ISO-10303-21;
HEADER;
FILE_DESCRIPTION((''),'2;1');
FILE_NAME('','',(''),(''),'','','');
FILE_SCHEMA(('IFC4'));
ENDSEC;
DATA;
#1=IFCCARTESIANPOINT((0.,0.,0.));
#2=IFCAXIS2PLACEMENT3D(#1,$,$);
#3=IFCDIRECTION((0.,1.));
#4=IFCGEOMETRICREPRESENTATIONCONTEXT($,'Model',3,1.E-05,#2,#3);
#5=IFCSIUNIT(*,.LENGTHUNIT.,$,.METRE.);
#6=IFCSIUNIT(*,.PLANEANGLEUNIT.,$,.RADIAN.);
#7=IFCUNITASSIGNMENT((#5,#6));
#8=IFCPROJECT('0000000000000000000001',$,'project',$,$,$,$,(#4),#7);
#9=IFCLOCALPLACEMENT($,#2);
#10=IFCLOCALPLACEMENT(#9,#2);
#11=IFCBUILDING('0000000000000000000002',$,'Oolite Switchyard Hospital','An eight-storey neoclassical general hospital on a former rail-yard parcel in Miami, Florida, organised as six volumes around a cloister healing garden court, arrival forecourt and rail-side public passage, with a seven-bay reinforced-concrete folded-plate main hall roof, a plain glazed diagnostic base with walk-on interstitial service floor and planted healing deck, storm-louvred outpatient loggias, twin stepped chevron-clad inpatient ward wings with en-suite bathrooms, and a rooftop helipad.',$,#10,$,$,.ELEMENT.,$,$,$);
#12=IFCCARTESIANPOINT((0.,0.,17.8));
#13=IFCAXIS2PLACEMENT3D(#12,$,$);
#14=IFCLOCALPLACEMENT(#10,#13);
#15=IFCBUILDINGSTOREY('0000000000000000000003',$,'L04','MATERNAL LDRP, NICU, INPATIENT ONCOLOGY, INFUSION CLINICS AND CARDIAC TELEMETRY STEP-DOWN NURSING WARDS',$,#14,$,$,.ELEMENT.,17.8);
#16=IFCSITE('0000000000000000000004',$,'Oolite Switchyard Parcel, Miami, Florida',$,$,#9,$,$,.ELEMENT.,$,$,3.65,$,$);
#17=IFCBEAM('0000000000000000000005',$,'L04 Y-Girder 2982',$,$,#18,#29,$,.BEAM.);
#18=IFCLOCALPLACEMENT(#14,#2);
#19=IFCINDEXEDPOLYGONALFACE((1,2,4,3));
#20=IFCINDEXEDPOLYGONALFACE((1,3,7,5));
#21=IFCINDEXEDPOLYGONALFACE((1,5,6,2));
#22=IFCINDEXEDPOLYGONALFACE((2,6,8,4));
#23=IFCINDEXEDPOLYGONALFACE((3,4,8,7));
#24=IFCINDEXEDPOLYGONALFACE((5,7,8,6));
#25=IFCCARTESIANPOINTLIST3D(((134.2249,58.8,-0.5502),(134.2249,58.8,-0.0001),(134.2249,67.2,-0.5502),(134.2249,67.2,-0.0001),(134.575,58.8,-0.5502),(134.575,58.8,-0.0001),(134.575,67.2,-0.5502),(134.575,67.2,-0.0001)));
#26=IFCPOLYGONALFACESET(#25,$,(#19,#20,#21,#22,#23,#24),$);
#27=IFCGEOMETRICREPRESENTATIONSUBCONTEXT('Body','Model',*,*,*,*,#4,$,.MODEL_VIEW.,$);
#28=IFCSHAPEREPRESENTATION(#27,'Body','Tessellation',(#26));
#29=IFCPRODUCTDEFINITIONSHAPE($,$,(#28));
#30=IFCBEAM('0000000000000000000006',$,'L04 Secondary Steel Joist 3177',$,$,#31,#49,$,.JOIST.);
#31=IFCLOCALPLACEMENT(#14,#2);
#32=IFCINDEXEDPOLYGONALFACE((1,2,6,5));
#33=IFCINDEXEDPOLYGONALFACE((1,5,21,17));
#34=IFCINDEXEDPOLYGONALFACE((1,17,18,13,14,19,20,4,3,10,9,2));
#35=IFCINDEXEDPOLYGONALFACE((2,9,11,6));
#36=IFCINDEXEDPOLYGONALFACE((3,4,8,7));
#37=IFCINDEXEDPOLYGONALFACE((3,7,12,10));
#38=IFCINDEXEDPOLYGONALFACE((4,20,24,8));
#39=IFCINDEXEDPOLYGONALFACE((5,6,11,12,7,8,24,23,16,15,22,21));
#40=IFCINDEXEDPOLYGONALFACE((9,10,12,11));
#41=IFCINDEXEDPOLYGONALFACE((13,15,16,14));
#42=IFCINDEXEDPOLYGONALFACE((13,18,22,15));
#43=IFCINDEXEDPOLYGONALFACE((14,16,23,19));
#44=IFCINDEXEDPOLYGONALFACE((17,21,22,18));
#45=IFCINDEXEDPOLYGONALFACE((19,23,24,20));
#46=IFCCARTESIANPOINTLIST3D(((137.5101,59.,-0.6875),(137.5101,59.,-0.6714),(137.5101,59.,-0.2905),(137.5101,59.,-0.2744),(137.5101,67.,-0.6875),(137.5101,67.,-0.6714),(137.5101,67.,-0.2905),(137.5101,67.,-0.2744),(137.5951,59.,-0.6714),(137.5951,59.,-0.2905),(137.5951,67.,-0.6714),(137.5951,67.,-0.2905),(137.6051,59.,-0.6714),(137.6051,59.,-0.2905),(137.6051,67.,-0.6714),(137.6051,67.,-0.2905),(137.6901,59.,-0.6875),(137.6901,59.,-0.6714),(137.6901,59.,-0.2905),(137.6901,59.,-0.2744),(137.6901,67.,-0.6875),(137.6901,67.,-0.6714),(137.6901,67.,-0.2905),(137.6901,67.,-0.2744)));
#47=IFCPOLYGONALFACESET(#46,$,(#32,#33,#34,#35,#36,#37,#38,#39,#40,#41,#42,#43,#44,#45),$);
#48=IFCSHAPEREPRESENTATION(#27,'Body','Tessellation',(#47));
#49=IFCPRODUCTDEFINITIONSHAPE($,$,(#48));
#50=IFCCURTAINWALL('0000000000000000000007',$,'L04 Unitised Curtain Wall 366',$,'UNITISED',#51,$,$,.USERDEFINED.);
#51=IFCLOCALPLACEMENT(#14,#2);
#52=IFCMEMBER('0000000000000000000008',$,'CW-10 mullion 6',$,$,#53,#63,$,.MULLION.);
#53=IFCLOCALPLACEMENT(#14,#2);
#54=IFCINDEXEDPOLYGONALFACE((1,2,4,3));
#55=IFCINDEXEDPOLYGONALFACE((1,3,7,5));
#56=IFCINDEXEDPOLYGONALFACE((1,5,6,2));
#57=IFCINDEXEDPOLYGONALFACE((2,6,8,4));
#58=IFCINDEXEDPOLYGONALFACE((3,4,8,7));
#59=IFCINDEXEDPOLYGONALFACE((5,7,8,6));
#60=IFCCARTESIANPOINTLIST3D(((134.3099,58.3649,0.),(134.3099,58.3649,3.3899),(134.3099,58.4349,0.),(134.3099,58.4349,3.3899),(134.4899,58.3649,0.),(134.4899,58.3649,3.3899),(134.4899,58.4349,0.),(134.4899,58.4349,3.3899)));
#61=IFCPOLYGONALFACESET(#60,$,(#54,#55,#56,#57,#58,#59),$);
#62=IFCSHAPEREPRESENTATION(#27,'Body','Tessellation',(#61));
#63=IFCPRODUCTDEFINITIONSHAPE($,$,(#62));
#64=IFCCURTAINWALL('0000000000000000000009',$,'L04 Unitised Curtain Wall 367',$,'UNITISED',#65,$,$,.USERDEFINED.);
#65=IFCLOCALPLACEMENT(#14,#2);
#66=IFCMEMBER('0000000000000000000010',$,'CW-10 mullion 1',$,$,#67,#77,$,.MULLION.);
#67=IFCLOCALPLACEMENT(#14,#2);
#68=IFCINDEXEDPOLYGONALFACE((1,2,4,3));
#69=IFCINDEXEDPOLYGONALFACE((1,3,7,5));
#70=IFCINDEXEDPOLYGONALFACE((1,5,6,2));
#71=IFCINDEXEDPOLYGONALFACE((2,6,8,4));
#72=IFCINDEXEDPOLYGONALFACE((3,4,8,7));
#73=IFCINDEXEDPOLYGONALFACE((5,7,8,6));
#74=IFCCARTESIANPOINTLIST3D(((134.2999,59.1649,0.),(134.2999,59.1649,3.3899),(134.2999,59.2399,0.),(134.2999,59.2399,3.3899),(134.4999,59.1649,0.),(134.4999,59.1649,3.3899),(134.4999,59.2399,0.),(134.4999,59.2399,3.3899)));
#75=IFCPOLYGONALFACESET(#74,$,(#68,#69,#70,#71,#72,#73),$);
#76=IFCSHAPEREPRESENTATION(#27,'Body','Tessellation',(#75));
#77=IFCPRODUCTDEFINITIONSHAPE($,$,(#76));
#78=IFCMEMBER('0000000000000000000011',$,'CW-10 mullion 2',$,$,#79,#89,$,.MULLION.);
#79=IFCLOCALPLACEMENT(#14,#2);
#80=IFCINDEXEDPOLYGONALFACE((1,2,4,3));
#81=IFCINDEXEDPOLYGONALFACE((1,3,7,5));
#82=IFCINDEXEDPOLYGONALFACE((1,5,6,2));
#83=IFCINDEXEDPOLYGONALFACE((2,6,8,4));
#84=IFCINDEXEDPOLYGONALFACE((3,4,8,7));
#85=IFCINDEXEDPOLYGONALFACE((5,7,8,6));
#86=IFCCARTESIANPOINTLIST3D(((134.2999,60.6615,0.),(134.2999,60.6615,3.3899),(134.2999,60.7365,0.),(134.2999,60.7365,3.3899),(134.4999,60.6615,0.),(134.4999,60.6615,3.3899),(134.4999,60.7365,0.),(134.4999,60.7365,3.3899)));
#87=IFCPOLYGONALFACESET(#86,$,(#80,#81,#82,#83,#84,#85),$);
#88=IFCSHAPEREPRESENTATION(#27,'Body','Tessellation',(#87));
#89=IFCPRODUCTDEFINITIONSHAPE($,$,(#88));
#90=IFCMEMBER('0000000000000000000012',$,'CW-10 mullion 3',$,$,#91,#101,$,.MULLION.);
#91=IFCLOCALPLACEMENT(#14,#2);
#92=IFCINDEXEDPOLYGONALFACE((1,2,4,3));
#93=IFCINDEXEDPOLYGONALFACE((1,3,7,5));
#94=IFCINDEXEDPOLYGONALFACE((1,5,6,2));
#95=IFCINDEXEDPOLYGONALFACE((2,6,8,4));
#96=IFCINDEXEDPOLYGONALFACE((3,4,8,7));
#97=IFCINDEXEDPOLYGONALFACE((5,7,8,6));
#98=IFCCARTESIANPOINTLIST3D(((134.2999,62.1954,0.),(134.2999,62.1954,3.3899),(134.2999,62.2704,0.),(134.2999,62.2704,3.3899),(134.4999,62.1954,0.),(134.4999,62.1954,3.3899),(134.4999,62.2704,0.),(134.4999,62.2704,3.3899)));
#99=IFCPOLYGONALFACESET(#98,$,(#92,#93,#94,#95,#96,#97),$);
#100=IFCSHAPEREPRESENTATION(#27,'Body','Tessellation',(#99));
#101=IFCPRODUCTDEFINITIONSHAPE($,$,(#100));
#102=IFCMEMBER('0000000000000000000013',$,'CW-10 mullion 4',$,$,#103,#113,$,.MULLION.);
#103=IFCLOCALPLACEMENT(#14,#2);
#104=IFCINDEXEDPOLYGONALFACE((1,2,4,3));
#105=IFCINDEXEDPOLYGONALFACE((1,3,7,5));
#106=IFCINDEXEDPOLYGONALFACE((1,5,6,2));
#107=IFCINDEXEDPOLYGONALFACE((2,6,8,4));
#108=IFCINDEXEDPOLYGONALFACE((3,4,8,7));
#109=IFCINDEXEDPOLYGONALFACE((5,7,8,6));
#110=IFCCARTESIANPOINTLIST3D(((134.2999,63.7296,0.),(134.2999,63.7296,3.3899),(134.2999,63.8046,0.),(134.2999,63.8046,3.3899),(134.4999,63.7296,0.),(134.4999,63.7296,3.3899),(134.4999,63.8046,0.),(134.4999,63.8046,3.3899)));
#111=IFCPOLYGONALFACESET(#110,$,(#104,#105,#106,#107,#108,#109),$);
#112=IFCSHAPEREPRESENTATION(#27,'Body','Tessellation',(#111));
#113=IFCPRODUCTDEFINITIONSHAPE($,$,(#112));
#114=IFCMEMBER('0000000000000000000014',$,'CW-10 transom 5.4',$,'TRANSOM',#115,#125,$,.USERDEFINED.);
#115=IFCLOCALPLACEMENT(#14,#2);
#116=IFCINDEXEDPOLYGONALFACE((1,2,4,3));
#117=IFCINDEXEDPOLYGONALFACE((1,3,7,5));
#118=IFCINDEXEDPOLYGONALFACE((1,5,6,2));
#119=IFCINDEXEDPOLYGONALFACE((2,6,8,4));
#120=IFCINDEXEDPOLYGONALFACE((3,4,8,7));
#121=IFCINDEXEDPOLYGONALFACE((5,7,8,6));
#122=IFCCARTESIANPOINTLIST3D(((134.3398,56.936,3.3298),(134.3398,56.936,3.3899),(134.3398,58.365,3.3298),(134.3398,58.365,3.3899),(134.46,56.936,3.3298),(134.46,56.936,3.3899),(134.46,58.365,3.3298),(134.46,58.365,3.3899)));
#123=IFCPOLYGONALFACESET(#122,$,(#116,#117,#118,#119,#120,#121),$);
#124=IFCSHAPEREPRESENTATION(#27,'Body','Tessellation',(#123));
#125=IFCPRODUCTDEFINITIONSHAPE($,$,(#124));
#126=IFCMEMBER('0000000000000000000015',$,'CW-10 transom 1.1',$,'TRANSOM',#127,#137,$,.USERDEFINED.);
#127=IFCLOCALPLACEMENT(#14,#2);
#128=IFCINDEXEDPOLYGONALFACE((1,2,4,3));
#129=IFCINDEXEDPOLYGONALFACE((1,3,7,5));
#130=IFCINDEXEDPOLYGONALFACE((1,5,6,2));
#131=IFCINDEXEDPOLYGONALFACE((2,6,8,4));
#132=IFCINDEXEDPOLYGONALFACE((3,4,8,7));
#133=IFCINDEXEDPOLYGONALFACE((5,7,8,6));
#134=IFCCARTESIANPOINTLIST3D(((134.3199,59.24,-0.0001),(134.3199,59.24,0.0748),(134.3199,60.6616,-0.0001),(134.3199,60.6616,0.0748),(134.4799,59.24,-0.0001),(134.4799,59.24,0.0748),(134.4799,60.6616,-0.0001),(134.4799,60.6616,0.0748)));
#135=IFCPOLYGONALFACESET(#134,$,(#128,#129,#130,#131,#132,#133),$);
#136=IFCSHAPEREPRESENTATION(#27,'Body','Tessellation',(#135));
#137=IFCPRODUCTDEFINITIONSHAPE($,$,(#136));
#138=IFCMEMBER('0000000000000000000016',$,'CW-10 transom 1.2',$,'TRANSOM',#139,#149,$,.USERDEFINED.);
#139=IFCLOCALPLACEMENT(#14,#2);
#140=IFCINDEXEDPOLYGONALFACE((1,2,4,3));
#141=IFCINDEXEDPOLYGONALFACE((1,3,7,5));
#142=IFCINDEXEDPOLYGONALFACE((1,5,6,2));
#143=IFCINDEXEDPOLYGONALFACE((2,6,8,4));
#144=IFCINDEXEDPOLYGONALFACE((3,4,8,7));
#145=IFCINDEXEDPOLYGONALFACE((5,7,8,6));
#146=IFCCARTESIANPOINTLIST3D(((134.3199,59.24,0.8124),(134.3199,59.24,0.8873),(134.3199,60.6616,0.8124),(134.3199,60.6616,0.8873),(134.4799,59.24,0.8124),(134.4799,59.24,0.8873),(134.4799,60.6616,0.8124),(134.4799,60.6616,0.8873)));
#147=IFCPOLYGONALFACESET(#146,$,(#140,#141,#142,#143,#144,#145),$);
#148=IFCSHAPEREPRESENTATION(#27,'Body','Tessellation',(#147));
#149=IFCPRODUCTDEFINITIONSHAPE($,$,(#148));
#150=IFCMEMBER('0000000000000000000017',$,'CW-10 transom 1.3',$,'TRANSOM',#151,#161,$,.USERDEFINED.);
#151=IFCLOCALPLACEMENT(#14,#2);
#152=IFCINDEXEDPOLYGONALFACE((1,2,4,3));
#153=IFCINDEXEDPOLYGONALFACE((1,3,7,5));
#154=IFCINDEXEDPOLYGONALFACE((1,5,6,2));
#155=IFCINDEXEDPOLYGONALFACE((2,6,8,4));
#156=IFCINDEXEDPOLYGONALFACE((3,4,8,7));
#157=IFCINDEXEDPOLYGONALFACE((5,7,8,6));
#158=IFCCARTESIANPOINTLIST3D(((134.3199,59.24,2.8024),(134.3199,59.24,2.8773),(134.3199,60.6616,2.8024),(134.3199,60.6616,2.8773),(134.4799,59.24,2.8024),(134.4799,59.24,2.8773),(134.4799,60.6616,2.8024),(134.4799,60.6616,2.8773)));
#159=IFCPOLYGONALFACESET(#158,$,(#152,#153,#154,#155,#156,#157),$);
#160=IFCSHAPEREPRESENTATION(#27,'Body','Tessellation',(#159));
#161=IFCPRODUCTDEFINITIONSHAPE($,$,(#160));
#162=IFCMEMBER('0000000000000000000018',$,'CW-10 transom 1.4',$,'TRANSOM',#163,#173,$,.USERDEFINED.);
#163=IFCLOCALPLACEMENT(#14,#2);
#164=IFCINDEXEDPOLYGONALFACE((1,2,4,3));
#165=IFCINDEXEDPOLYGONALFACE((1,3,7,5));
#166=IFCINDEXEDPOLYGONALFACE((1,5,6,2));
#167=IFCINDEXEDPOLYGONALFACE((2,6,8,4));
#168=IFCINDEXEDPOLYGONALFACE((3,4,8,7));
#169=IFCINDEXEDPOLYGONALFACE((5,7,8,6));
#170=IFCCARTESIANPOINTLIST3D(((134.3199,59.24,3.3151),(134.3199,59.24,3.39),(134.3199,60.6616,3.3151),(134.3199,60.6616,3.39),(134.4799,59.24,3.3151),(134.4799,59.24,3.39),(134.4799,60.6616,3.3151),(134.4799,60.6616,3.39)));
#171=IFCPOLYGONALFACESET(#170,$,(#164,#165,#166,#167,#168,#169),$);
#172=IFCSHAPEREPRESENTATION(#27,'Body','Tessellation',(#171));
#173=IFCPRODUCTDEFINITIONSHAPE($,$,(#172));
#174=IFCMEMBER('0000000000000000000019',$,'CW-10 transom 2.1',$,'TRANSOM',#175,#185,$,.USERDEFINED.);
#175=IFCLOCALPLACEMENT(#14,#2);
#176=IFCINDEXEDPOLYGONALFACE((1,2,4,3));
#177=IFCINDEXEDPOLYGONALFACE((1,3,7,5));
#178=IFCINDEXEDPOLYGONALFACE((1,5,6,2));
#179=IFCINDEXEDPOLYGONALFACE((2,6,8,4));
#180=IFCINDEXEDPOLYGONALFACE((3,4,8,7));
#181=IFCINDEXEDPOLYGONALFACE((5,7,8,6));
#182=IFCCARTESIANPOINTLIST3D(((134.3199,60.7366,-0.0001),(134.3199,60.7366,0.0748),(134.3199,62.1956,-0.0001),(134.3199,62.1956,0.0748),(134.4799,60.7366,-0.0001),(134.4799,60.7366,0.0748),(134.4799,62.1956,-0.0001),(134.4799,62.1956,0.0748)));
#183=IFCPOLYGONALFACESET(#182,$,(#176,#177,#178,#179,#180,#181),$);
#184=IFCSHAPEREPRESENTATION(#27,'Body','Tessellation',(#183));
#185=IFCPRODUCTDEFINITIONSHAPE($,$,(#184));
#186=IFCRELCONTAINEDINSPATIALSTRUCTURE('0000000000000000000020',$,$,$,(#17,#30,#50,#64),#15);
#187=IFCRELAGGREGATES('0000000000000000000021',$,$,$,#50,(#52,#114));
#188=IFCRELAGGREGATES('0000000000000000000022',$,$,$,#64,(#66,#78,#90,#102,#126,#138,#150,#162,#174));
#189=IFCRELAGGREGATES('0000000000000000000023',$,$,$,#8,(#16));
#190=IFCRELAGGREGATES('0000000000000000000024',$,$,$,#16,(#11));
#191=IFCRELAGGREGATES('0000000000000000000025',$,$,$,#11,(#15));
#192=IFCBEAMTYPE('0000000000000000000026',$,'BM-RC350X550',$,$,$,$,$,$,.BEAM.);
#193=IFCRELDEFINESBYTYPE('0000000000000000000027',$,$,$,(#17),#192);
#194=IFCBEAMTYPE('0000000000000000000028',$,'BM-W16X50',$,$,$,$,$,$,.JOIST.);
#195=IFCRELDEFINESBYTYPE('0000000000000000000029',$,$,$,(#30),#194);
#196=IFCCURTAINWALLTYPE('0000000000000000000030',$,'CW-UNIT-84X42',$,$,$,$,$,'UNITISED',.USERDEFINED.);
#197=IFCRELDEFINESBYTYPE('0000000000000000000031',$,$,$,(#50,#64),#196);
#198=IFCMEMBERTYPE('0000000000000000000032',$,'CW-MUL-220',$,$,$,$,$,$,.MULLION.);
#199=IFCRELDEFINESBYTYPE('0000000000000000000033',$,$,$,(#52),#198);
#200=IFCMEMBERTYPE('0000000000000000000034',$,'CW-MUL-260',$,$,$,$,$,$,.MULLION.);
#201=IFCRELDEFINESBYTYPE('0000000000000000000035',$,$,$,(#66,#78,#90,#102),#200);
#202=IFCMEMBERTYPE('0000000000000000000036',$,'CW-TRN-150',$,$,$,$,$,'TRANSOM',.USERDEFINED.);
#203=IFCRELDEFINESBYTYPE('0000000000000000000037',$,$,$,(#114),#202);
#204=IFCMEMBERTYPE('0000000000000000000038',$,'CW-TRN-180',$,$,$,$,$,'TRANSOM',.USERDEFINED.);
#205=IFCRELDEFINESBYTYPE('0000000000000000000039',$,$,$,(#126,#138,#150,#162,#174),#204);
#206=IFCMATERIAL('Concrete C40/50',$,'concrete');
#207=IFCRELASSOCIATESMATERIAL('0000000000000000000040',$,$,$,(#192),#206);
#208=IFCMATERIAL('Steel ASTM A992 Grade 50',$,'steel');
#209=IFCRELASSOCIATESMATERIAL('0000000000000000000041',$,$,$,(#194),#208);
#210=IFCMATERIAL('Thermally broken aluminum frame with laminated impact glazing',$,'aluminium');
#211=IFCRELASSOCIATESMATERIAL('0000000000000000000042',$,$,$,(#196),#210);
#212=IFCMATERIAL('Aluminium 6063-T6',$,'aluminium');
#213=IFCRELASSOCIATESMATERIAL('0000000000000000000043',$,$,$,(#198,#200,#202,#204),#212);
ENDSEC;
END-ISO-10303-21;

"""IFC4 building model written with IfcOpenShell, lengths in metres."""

from ifc_helpers import new_model, si_unit, direction, frame, origin, origin_2d, place, context, subcontext, project, spatial, rectangle, i_section, extrude, material, material_profile, profile_set, type_object, element, aggregate, save


model = new_model("IFC4")

# Units and contexts
model_context = context("Model", 3, precision=1e-05, world=origin(), true_north=direction((0.0, 1.0)))
body_context = subcontext(model_context, "Body", "Model", "MODEL_VIEW")
ifc_project = project(units=[si_unit("LENGTHUNIT", "METRE"), si_unit("PLANEANGLEUNIT", "RADIAN")], contexts=[model_context])

# Site, building, storey
site_placement = place(None, origin())
site = spatial("IfcSite", under=ifc_project, at=site_placement, Name="Oolite Switchyard Parcel, Miami, Florida", CompositionType="ELEMENT", RefElevation=3.65)
building_placement = place(site_placement, origin())
building = spatial("IfcBuilding", under=site, at=building_placement, Name="Oolite Switchyard Hospital", Description="An eight-storey neoclassical general hospital on a former rail-yard parcel in Miami, Florida, organised as six volumes around a cloister healing garden court, arrival forecourt and rail-side public passage, with a seven-bay reinforced-concrete folded-plate main hall roof, a plain glazed diagnostic base with walk-on interstitial service floor and planted healing deck, storm-louvred outpatient loggias, twin stepped chevron-clad inpatient ward wings with en-suite bathrooms, and a rooftop helipad.", CompositionType="ELEMENT")
storey_placement = place(building_placement, frame((0.0, 0.0, 17.8)))
storey = spatial("IfcBuildingStorey", under=building, at=storey_placement, Name="L04", Description="MATERNAL LDRP, NICU, INPATIENT ONCOLOGY, INFUSION CLINICS AND CARDIAC TELEMETRY STEP-DOWN NURSING WARDS", CompositionType="ELEMENT", Elevation=17.8)

# Beams
ifc_material_1 = material(Name="Concrete C40/50", Category="concrete")
ifc_material_profile_1 = material_profile(ifc_material_1, rectangle(XDim=0.3501, YDim=0.55, at=origin_2d()), Name="RCB350X550")
ifc_profile_set_1 = profile_set([ifc_material_profile_1], Name="Concrete C40/50")
beam_type_1 = type_object("IfcBeamType", Name="BM-RC350X550", PredefinedType="BEAM", material=ifc_profile_set_1)
beam_1_placement = place(storey_placement, frame((134.3999, 58.8, -0.2751), z_axis=(0.0, 1.0, 0.0), x_axis=(-1.0, 0.0, 0.0)))
element("IfcBeam", 1, at=beam_1_placement, inside=storey, type_object=beam_type_1, Name="L04 Y-Girder 2982", PredefinedType="BEAM", context=body_context, shape_type="SweptSolid", body=[
    extrude(rectangle(XDim=0.3501, YDim=0.55, at=origin_2d()), origin(), (0.0, 0.0, 1.0), 8.3999),
])
ifc_material_2 = material(Name="Steel ASTM A992 Grade 50", Category="steel")
ifc_material_profile_2 = material_profile(ifc_material_2, i_section(OverallWidth=0.1799, OverallDepth=0.4131, WebThickness=0.01, FlangeThickness=0.0161, at=origin_2d()), Name="W16X50")
ifc_profile_set_2 = profile_set([ifc_material_profile_2], Name="Steel ASTM A992 Grade 50")
beam_type_2 = type_object("IfcBeamType", Name="BM-W16X50", PredefinedType="JOIST", material=ifc_profile_set_2)
beam_2_placement = place(storey_placement, frame((137.6001, 59.0, -0.481), z_axis=(0.0, 1.0, 0.0), x_axis=(-1.0, 0.0, 0.0)))
element("IfcBeam", 2, at=beam_2_placement, inside=storey, type_object=beam_type_2, Name="L04 Secondary Steel Joist 3177", PredefinedType="JOIST", context=body_context, shape_type="SweptSolid", body=[
    extrude(i_section(OverallWidth=0.1799, OverallDepth=0.4131, WebThickness=0.01, FlangeThickness=0.0161, at=origin_2d()), origin(), (0.0, 0.0, 1.0), 8.0),
])

# Curtain wall, member
ifc_material_3 = material(Name="Thermally broken aluminum frame with laminated impact glazing", Category="aluminium")
curtain_wall_type = type_object("IfcCurtainWallType", Name="CW-UNIT-84X42", ElementType="UNITISED", PredefinedType="USERDEFINED", material=ifc_material_3)
curtain_wall_1_placement = place(storey_placement, origin())
curtain_wall_1 = element("IfcCurtainWall", 3, at=curtain_wall_1_placement, inside=storey, type_object=curtain_wall_type, Name="L04 Unitised Curtain Wall 366", ObjectType="UNITISED", PredefinedType="USERDEFINED")
ifc_material_4 = material(Name="Aluminium 6063-T6", Category="aluminium")
ifc_material_profile_3 = material_profile(ifc_material_4, rectangle(XDim=0.1799, YDim=0.0701, at=origin_2d()), Name="CWM70X180")
ifc_profile_set_3 = profile_set([ifc_material_profile_3], Name="Aluminium 6063-T6")
member_type_1 = type_object("IfcMemberType", Name="CW-MUL-220", PredefinedType="MULLION", material=ifc_profile_set_3)
member_1_placement = place(storey_placement, frame((134.3999, 58.3999, 0.0), z_axis=(0.0, 0.0, 1.0), x_axis=(-1.0, 0.0, 0.0)))
member_1 = element("IfcMember", 4, at=member_1_placement, type_object=member_type_1, Name="CW-10 mullion 6", PredefinedType="MULLION", context=body_context, shape_type="SweptSolid", body=[
    extrude(rectangle(XDim=0.1799, YDim=0.0701, at=origin_2d()), origin(), (0.0, 0.0, 1.0), 3.3899),
])

# Curtain wall, members
curtain_wall_2_placement = place(storey_placement, origin())
curtain_wall_2 = element("IfcCurtainWall", 5, at=curtain_wall_2_placement, inside=storey, type_object=curtain_wall_type, Name="L04 Unitised Curtain Wall 367", ObjectType="UNITISED", PredefinedType="USERDEFINED")
ifc_material_profile_4 = material_profile(ifc_material_4, rectangle(XDim=0.2, YDim=0.075, at=origin_2d()), Name="CWM75X200")
ifc_profile_set_4 = profile_set([ifc_material_profile_4], Name="Aluminium 6063-T6")
member_type_2 = type_object("IfcMemberType", Name="CW-MUL-260", PredefinedType="MULLION", material=ifc_profile_set_4)
member_2_placement = place(storey_placement, frame((134.3999, 59.2024, 0.0), z_axis=(0.0, 0.0, 1.0), x_axis=(-1.0, 0.0, 0.0)))
member_2 = element("IfcMember", 6, at=member_2_placement, type_object=member_type_2, Name="CW-10 mullion 1", PredefinedType="MULLION", context=body_context, shape_type="SweptSolid", body=[
    extrude(rectangle(XDim=0.2, YDim=0.075, at=origin_2d()), origin(), (0.0, 0.0, 1.0), 3.3899),
])
member_3_placement = place(storey_placement, frame((134.3999, 60.699, 0.0), z_axis=(0.0, 0.0, 1.0), x_axis=(-1.0, 0.0, 0.0)))
member_3 = element("IfcMember", 7, at=member_3_placement, type_object=member_type_2, Name="CW-10 mullion 2", PredefinedType="MULLION", context=body_context, shape_type="SweptSolid", body=[
    extrude(rectangle(XDim=0.2, YDim=0.075, at=origin_2d()), origin(), (0.0, 0.0, 1.0), 3.3899),
])
member_4_placement = place(storey_placement, frame((134.3999, 62.2329, 0.0), z_axis=(0.0, 0.0, 1.0), x_axis=(-1.0, 0.0, 0.0)))
member_4 = element("IfcMember", 8, at=member_4_placement, type_object=member_type_2, Name="CW-10 mullion 3", PredefinedType="MULLION", context=body_context, shape_type="SweptSolid", body=[
    extrude(rectangle(XDim=0.2, YDim=0.075, at=origin_2d()), origin(), (0.0, 0.0, 1.0), 3.3899),
])
member_5_placement = place(storey_placement, frame((134.3999, 63.7671, 0.0), z_axis=(0.0, 0.0, 1.0), x_axis=(-1.0, 0.0, 0.0)))
member_5 = element("IfcMember", 9, at=member_5_placement, type_object=member_type_2, Name="CW-10 mullion 4", PredefinedType="MULLION", context=body_context, shape_type="SweptSolid", body=[
    extrude(rectangle(XDim=0.2, YDim=0.075, at=origin_2d()), origin(), (0.0, 0.0, 1.0), 3.3899),
])

# Members
ifc_material_profile_5 = material_profile(ifc_material_4, rectangle(XDim=0.1201, YDim=0.0601, at=origin_2d()), Name="CWT60X120")
ifc_profile_set_5 = profile_set([ifc_material_profile_5], Name="Aluminium 6063-T6")
member_type_3 = type_object("IfcMemberType", Name="CW-TRN-150", ElementType="TRANSOM", PredefinedType="USERDEFINED", material=ifc_profile_set_5)
member_6_placement = place(storey_placement, frame((134.3999, 56.936, 3.3599), z_axis=(0.0, 1.0, 0.0), x_axis=(-1.0, 0.0, 0.0)))
member_6 = element("IfcMember", 10, at=member_6_placement, type_object=member_type_3, Name="CW-10 transom 5.4", ObjectType="TRANSOM", PredefinedType="USERDEFINED", context=body_context, shape_type="SweptSolid", body=[
    extrude(rectangle(XDim=0.1201, YDim=0.0601, at=origin_2d()), origin(), (0.0, 0.0, 1.0), 1.429),
])
ifc_material_profile_6 = material_profile(ifc_material_4, rectangle(XDim=0.1599, YDim=0.075, at=origin_2d()), Name="CWT75X160")
ifc_profile_set_6 = profile_set([ifc_material_profile_6], Name="Aluminium 6063-T6")
member_type_4 = type_object("IfcMemberType", Name="CW-TRN-180", ElementType="TRANSOM", PredefinedType="USERDEFINED", material=ifc_profile_set_6)
member_7_placement = place(storey_placement, frame((134.3999, 59.24, 0.0374), z_axis=(0.0, 1.0, 0.0), x_axis=(-1.0, 0.0, 0.0)))
member_7 = element("IfcMember", 11, at=member_7_placement, type_object=member_type_4, Name="CW-10 transom 1.1", ObjectType="TRANSOM", PredefinedType="USERDEFINED", context=body_context, shape_type="SweptSolid", body=[
    extrude(rectangle(XDim=0.1599, YDim=0.075, at=origin_2d()), origin(), (0.0, 0.0, 1.0), 1.4216),
])
member_8_placement = place(storey_placement, frame((134.3999, 59.24, 0.8499), z_axis=(0.0, 1.0, 0.0), x_axis=(-1.0, 0.0, 0.0)))
member_8 = element("IfcMember", 12, at=member_8_placement, type_object=member_type_4, Name="CW-10 transom 1.2", ObjectType="TRANSOM", PredefinedType="USERDEFINED", context=body_context, shape_type="SweptSolid", body=[
    extrude(rectangle(XDim=0.1599, YDim=0.075, at=origin_2d()), origin(), (0.0, 0.0, 1.0), 1.4216),
])
member_9_placement = place(storey_placement, frame((134.3999, 59.24, 2.8398), z_axis=(0.0, 1.0, 0.0), x_axis=(-1.0, 0.0, 0.0)))
member_9 = element("IfcMember", 13, at=member_9_placement, type_object=member_type_4, Name="CW-10 transom 1.3", ObjectType="TRANSOM", PredefinedType="USERDEFINED", context=body_context, shape_type="SweptSolid", body=[
    extrude(rectangle(XDim=0.1599, YDim=0.075, at=origin_2d()), origin(), (0.0, 0.0, 1.0), 1.4216),
])
member_10_placement = place(storey_placement, frame((134.3999, 59.24, 3.3525), z_axis=(0.0, 1.0, 0.0), x_axis=(-1.0, 0.0, 0.0)))
member_10 = element("IfcMember", 14, at=member_10_placement, type_object=member_type_4, Name="CW-10 transom 1.4", ObjectType="TRANSOM", PredefinedType="USERDEFINED", context=body_context, shape_type="SweptSolid", body=[
    extrude(rectangle(XDim=0.1599, YDim=0.075, at=origin_2d()), origin(), (0.0, 0.0, 1.0), 1.4216),
])
member_11_placement = place(storey_placement, frame((134.3999, 60.7366, 0.0374), z_axis=(0.0, 1.0, 0.0), x_axis=(-1.0, 0.0, 0.0)))
member_11 = element("IfcMember", 15, at=member_11_placement, type_object=member_type_4, Name="CW-10 transom 2.1", ObjectType="TRANSOM", PredefinedType="USERDEFINED", context=body_context, shape_type="SweptSolid", body=[
    extrude(rectangle(XDim=0.1599, YDim=0.075, at=origin_2d()), origin(), (0.0, 0.0, 1.0), 1.459),
])

aggregate(curtain_wall_1, [member_1, member_6])
aggregate(curtain_wall_2, [member_2, member_3, member_4, member_5, member_7, member_8, member_9, member_10, member_11])

save(model, "model.ifc")
